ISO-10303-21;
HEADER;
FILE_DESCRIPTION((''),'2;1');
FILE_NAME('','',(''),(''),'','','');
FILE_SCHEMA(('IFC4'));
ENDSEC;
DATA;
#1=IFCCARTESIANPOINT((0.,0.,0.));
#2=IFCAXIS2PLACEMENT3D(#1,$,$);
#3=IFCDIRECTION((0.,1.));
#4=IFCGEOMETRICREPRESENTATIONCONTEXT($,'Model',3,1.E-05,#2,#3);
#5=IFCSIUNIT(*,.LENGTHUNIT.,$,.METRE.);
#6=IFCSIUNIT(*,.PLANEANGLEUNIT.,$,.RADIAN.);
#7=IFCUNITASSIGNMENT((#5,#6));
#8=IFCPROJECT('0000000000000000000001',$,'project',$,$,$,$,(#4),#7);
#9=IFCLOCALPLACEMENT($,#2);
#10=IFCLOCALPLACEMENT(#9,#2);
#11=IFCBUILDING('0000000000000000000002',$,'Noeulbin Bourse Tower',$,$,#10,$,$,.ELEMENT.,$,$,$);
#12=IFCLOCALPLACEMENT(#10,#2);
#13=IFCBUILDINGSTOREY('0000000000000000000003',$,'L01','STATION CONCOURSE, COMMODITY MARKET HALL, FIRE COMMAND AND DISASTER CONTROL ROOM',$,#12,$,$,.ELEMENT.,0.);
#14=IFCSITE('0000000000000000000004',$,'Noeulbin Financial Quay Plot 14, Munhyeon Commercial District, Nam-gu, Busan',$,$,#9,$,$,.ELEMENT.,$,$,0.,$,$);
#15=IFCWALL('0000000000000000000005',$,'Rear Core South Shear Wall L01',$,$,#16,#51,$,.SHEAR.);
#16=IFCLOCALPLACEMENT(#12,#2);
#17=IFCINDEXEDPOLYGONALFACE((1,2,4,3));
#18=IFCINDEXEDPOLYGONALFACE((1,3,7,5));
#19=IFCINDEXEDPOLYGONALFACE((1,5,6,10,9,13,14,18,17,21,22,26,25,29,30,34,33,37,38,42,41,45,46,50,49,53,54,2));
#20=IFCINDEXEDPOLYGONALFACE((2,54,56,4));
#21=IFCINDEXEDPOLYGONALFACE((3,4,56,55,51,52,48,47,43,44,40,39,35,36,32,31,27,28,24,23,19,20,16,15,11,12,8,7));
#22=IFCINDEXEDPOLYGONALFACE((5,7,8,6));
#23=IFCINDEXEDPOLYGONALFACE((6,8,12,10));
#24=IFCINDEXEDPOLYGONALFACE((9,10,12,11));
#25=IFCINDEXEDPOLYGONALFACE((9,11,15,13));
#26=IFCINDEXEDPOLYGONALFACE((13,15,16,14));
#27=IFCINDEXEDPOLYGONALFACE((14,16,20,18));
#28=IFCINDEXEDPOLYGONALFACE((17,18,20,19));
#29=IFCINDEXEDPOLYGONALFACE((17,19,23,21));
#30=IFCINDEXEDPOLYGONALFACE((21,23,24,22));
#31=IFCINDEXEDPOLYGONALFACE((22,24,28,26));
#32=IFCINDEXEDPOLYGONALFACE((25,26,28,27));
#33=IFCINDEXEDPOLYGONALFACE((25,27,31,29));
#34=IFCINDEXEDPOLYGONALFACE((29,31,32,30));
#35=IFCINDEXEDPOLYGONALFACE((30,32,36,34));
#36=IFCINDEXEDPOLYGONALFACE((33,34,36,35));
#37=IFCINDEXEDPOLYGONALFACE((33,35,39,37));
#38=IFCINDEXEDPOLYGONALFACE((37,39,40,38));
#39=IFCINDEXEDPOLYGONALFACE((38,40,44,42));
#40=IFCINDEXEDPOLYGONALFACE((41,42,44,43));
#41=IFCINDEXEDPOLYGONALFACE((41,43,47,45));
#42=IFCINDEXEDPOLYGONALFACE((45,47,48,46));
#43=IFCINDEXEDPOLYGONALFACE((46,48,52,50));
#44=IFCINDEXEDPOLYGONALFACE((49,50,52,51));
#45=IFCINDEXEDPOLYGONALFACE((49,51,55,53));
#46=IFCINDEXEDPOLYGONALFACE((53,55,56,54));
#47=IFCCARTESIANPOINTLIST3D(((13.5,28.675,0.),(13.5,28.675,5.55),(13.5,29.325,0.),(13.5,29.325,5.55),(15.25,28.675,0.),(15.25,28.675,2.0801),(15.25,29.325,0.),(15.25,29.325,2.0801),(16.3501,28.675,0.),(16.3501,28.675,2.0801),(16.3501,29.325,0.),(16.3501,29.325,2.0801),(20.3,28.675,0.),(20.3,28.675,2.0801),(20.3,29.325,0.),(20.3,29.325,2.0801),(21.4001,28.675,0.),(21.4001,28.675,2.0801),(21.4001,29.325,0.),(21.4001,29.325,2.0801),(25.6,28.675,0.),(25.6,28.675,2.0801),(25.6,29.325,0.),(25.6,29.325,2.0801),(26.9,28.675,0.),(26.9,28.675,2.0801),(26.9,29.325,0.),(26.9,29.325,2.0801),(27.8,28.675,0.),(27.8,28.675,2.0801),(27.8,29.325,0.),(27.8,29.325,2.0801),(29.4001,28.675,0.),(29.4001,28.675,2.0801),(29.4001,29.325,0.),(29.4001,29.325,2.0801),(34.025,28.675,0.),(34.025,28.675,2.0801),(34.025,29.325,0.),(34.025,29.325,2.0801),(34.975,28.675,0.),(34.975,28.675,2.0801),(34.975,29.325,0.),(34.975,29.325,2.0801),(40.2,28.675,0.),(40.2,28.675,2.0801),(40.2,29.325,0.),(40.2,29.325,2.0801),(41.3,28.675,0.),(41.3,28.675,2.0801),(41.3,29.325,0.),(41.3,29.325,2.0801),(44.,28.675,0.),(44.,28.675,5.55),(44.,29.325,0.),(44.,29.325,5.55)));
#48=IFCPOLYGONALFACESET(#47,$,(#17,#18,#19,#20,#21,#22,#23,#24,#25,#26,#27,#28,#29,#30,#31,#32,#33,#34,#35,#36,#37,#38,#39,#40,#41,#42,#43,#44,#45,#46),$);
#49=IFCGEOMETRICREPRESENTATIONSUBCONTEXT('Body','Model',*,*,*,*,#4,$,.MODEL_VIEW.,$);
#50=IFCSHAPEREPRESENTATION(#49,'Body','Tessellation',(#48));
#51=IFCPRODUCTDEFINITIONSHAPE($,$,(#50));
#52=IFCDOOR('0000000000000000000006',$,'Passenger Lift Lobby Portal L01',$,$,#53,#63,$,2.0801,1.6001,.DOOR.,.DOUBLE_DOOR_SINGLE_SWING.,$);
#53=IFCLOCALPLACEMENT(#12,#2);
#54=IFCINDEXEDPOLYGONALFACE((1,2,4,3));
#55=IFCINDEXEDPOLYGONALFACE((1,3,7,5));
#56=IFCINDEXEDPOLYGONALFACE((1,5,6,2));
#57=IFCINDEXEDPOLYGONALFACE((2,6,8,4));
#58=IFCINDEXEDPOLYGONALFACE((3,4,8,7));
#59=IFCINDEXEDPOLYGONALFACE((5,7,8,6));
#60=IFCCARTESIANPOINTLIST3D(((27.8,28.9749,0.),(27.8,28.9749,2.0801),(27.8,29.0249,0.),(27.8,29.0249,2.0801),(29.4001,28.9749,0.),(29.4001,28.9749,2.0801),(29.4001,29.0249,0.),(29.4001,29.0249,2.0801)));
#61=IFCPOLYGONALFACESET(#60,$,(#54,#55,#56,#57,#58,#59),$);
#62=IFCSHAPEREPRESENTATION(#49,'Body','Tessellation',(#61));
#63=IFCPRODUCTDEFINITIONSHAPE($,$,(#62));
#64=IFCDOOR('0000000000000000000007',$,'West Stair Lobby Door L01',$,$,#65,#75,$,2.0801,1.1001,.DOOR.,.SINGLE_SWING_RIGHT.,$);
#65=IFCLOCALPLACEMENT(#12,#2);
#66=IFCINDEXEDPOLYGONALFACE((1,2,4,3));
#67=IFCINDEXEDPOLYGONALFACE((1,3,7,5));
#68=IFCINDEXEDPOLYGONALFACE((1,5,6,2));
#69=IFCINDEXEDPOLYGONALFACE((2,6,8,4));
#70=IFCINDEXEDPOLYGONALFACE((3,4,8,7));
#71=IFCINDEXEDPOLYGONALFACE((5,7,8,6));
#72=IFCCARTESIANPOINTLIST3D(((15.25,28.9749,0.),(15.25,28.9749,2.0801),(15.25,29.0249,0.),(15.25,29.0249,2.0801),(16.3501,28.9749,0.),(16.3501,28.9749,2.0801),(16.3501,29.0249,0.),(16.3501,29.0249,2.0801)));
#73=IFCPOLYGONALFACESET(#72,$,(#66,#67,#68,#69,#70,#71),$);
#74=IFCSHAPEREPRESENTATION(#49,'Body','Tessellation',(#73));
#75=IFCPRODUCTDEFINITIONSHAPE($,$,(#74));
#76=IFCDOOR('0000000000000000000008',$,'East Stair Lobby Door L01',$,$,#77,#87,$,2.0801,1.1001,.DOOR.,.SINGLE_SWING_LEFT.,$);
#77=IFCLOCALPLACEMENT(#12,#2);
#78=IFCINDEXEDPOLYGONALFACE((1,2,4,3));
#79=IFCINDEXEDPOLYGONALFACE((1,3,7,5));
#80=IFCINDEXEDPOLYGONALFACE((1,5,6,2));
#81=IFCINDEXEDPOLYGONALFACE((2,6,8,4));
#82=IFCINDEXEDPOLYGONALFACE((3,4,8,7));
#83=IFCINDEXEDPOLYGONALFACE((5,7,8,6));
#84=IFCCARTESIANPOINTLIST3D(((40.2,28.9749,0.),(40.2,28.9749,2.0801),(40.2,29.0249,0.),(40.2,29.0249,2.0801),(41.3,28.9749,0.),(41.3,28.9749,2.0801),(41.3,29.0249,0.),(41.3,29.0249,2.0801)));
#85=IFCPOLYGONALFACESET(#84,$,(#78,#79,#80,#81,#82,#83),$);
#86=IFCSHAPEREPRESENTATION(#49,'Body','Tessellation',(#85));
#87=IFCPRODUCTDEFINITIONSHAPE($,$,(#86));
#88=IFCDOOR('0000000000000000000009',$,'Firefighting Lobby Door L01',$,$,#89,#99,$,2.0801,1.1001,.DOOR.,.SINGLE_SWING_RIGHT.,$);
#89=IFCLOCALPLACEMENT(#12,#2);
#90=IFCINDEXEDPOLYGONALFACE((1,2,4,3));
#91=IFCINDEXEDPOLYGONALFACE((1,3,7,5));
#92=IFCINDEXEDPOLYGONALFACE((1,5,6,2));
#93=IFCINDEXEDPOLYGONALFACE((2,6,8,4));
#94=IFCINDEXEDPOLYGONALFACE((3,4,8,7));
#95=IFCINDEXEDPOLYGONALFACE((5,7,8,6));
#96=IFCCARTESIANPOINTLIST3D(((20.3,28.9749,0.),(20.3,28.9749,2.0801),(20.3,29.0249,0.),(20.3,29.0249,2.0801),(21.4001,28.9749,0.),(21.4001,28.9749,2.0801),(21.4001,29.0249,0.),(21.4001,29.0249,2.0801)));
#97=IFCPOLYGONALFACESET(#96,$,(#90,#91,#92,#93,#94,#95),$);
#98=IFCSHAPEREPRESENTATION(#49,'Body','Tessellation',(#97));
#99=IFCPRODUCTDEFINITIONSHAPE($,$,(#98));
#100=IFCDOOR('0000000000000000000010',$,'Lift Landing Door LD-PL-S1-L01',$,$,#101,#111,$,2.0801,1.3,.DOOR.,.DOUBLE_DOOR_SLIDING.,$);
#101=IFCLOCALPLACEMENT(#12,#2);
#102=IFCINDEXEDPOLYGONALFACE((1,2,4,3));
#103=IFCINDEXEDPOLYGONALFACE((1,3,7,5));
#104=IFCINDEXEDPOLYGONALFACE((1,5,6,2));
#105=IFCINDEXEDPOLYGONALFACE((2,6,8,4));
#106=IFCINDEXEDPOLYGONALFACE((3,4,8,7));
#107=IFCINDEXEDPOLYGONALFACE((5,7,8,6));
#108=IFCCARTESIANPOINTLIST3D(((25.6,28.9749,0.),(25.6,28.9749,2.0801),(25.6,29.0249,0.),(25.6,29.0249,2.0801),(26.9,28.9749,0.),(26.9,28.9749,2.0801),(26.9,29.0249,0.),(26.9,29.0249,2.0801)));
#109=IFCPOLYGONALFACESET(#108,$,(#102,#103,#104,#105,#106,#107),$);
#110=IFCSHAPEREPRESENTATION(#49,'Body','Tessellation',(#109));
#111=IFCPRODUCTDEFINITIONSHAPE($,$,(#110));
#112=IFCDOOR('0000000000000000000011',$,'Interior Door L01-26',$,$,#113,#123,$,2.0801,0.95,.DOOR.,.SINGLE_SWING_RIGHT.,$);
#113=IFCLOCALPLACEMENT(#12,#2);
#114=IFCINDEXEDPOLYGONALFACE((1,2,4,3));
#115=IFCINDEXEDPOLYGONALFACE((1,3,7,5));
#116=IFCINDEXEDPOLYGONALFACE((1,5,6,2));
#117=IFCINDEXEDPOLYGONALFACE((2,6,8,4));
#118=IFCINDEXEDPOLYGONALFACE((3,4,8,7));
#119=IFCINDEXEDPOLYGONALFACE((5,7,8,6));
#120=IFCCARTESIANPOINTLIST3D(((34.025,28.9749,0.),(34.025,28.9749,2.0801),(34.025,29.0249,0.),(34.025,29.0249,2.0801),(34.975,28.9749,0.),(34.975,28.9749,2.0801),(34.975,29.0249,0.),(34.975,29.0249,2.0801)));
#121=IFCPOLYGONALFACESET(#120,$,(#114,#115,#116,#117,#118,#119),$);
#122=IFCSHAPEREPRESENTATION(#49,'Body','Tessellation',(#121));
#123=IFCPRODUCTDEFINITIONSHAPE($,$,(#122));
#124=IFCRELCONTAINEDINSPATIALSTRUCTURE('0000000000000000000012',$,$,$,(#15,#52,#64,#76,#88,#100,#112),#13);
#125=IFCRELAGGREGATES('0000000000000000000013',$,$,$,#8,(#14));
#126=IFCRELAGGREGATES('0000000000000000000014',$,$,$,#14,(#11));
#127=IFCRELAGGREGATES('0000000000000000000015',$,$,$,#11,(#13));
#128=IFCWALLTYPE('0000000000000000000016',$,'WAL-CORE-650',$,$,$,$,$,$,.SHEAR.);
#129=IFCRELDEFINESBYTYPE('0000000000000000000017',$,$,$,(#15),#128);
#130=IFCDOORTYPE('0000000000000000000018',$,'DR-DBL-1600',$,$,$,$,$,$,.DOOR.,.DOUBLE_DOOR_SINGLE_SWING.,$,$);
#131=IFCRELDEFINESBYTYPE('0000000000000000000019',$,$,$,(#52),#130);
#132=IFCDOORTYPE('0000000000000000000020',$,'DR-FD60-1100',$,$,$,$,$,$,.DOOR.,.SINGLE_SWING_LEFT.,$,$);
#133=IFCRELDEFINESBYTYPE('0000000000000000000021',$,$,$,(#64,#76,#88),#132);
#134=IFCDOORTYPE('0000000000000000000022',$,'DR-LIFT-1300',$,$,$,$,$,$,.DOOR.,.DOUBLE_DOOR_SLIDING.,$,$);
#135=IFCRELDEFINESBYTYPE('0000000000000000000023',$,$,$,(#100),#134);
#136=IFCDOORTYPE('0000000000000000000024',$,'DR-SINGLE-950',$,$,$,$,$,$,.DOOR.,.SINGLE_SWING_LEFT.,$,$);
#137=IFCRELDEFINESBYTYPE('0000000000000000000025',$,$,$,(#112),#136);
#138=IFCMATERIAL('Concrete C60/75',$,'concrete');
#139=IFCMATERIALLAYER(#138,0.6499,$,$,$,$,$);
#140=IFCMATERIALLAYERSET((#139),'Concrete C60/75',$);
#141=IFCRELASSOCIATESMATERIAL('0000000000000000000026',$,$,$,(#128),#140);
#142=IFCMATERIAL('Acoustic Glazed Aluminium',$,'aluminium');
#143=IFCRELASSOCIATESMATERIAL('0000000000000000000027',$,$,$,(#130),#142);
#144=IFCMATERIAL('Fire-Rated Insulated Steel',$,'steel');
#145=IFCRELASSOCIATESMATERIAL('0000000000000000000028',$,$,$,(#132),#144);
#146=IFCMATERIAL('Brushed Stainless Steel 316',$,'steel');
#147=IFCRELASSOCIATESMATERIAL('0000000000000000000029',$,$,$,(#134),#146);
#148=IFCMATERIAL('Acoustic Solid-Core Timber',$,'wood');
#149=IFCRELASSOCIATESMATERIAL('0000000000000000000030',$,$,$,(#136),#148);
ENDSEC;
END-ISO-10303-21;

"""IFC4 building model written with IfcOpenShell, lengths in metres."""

from ifc_helpers import new_model, si_unit, direction, frame, frame_2d, origin, place, context, subcontext, project, spatial, rectangle, extrude, material, layer, layer_set, type_object, element, fill, save


model = new_model("IFC4")

# Units and contexts
model_context = context("Model", 3, precision=1e-05, world=origin(), true_north=direction((0.0, 1.0)))
body_context = subcontext(model_context, "Body", "Model", "MODEL_VIEW")
ifc_project = project(units=[si_unit("LENGTHUNIT", "METRE"), si_unit("PLANEANGLEUNIT", "RADIAN")], contexts=[model_context])

# Site, building, storey
site_placement = place(None, origin())
site = spatial("IfcSite", under=ifc_project, at=site_placement, Name="Noeulbin Financial Quay Plot 14, Munhyeon Commercial District, Nam-gu, Busan", CompositionType="ELEMENT", RefElevation=0.0)
building_placement = place(site_placement, origin())
building = spatial("IfcBuilding", under=site, at=building_placement, Name="Noeulbin Bourse Tower", CompositionType="ELEMENT")
storey_placement = place(building_placement, origin())
storey = spatial("IfcBuildingStorey", under=building, at=storey_placement, Name="L01", Description="STATION CONCOURSE, COMMODITY MARKET HALL, FIRE COMMAND AND DISASTER CONTROL ROOM", CompositionType="ELEMENT", Elevation=0.0)

# Wall, openings, doors
ifc_material_1 = material(Name="Concrete C60/75", Category="concrete")
ifc_layer_1 = layer(ifc_material_1, 0.6499)
ifc_layer_set_1 = layer_set([ifc_layer_1], Name="Concrete C60/75")
wall_type = type_object("IfcWallType", Name="WAL-CORE-650", PredefinedType="SHEAR", material=ifc_layer_set_1)
wall_placement = place(storey_placement, frame((13.5, 29.0, 0.0), z_axis=(0.0, 0.0, 1.0), x_axis=(1.0, 0.0, 0.0)))
wall = element("IfcWall", 1, at=wall_placement, inside=storey, type_object=wall_type, Name="Rear Core South Shear Wall L01", PredefinedType="SHEAR", context=body_context, shape_type="SweptSolid", body=[
    extrude(rectangle(XDim=30.5, YDim=0.6499, at=frame_2d((15.25, 0.0))), origin(), (0.0, 0.0, 1.0), 5.55),
])
opening_1_placement = place(wall_placement, frame((1.75, 0.0, 0.0)))
opening_1 = element("IfcOpeningElement", 2, at=opening_1_placement, cuts=wall, PredefinedType="OPENING", context=body_context, shape_type="SweptSolid", body=[
    extrude(rectangle(XDim=1.1001, YDim=2.0801, at=frame_2d((0.55, 1.04))), frame((0.0, 0.335, 0.0), z_axis=(0.0, -1.0, 0.0), x_axis=(1.0, 0.0, 0.0)), (0.0, 0.0, 1.0), 0.6699),
])
opening_2_placement = place(wall_placement, frame((26.7, 0.0, 0.0)))
opening_2 = element("IfcOpeningElement", 3, at=opening_2_placement, cuts=wall, PredefinedType="OPENING", context=body_context, shape_type="SweptSolid", body=[
    extrude(rectangle(XDim=1.1001, YDim=2.0801, at=frame_2d((0.55, 1.04))), frame((0.0, 0.335, 0.0), z_axis=(0.0, -1.0, 0.0), x_axis=(1.0, 0.0, 0.0)), (0.0, 0.0, 1.0), 0.6699),
])
opening_3_placement = place(wall_placement, frame((6.8, 0.0, 0.0)))
opening_3 = element("IfcOpeningElement", 4, at=opening_3_placement, cuts=wall, PredefinedType="OPENING", context=body_context, shape_type="SweptSolid", body=[
    extrude(rectangle(XDim=1.1001, YDim=2.0801, at=frame_2d((0.55, 1.04))), frame((0.0, 0.335, 0.0), z_axis=(0.0, -1.0, 0.0), x_axis=(1.0, 0.0, 0.0)), (0.0, 0.0, 1.0), 0.6699),
])
opening_4_placement = place(wall_placement, frame((14.3, 0.0, 0.0)))
opening_4 = element("IfcOpeningElement", 5, at=opening_4_placement, cuts=wall, PredefinedType="OPENING", context=body_context, shape_type="SweptSolid", body=[
    extrude(rectangle(XDim=1.6001, YDim=2.0801, at=frame_2d((0.8, 1.04))), frame((0.0, 0.335, 0.0), z_axis=(0.0, -1.0, 0.0), x_axis=(1.0, 0.0, 0.0)), (0.0, 0.0, 1.0), 0.6699),
])
opening_5_placement = place(wall_placement, frame((20.5249, 0.0, 0.0)))
opening_5 = element("IfcOpeningElement", 6, at=opening_5_placement, cuts=wall, PredefinedType="OPENING", context=body_context, shape_type="SweptSolid", body=[
    extrude(rectangle(XDim=0.95, YDim=2.0801, at=frame_2d((0.4751, 1.04))), frame((0.0, 0.335, 0.0), z_axis=(0.0, -1.0, 0.0), x_axis=(1.0, 0.0, 0.0)), (0.0, 0.0, 1.0), 0.6699),
])
opening_6_placement = place(wall_placement, frame((12.1001, 0.0, 0.0)))
opening_6 = element("IfcOpeningElement", 7, at=opening_6_placement, cuts=wall, PredefinedType="OPENING", context=body_context, shape_type="SweptSolid", body=[
    extrude(rectangle(XDim=1.3, YDim=2.0801, at=frame_2d((0.6499, 1.04))), frame((0.0, 0.335, 0.0), z_axis=(0.0, -1.0, 0.0), x_axis=(1.0, 0.0, 0.0)), (0.0, 0.0, 1.0), 0.6699),
])
ifc_material_2 = material(Name="Acoustic Glazed Aluminium", Category="aluminium")
door_type_1 = type_object("IfcDoorType", Name="DR-DBL-1600", OperationType="DOUBLE_DOOR_SINGLE_SWING", PredefinedType="DOOR", material=ifc_material_2)
door_1_placement = place(opening_4_placement, origin())
door_1 = element("IfcDoor", 8, at=door_1_placement, inside=storey, type_object=door_type_1, Name="Passenger Lift Lobby Portal L01", OperationType="DOUBLE_DOOR_SINGLE_SWING", OverallHeight=2.0801, OverallWidth=1.6001, PredefinedType="DOOR", context=body_context, shape_type="SweptSolid", body=[
    extrude(rectangle(XDim=1.6001, YDim=2.0801, at=frame_2d((0.8, 1.04))), frame((0.0, 0.0249, 0.0), z_axis=(0.0, -1.0, 0.0), x_axis=(1.0, 0.0, 0.0)), (0.0, 0.0, 1.0), 0.05),
])
fill(opening_4, door_1)
ifc_material_3 = material(Name="Fire-Rated Insulated Steel", Category="steel")
door_type_2 = type_object("IfcDoorType", Name="DR-FD60-1100", OperationType="SINGLE_SWING_LEFT", PredefinedType="DOOR", material=ifc_material_3)
door_2_placement = place(opening_1_placement, origin())
door_2 = element("IfcDoor", 9, at=door_2_placement, inside=storey, type_object=door_type_2, Name="West Stair Lobby Door L01", OperationType="SINGLE_SWING_RIGHT", OverallHeight=2.0801, OverallWidth=1.1001, PredefinedType="DOOR", context=body_context, shape_type="SweptSolid", body=[
    extrude(rectangle(XDim=1.1001, YDim=2.0801, at=frame_2d((0.55, 1.04))), frame((0.0, 0.0249, 0.0), z_axis=(0.0, -1.0, 0.0), x_axis=(1.0, 0.0, 0.0)), (0.0, 0.0, 1.0), 0.05),
])
fill(opening_1, door_2)
door_3_placement = place(opening_2_placement, origin())
door_3 = element("IfcDoor", 10, at=door_3_placement, inside=storey, type_object=door_type_2, Name="East Stair Lobby Door L01", OperationType="SINGLE_SWING_LEFT", OverallHeight=2.0801, OverallWidth=1.1001, PredefinedType="DOOR", context=body_context, shape_type="SweptSolid", body=[
    extrude(rectangle(XDim=1.1001, YDim=2.0801, at=frame_2d((0.55, 1.04))), frame((0.0, 0.0249, 0.0), z_axis=(0.0, -1.0, 0.0), x_axis=(1.0, 0.0, 0.0)), (0.0, 0.0, 1.0), 0.05),
])
fill(opening_2, door_3)
door_4_placement = place(opening_3_placement, origin())
door_4 = element("IfcDoor", 11, at=door_4_placement, inside=storey, type_object=door_type_2, Name="Firefighting Lobby Door L01", OperationType="SINGLE_SWING_RIGHT", OverallHeight=2.0801, OverallWidth=1.1001, PredefinedType="DOOR", context=body_context, shape_type="SweptSolid", body=[
    extrude(rectangle(XDim=1.1001, YDim=2.0801, at=frame_2d((0.55, 1.04))), frame((0.0, 0.0249, 0.0), z_axis=(0.0, -1.0, 0.0), x_axis=(1.0, 0.0, 0.0)), (0.0, 0.0, 1.0), 0.05),
])
fill(opening_3, door_4)
ifc_material_4 = material(Name="Brushed Stainless Steel 316", Category="steel")
door_type_3 = type_object("IfcDoorType", Name="DR-LIFT-1300", OperationType="DOUBLE_DOOR_SLIDING", PredefinedType="DOOR", material=ifc_material_4)
door_5_placement = place(opening_6_placement, origin())
door_5 = element("IfcDoor", 12, at=door_5_placement, inside=storey, type_object=door_type_3, Name="Lift Landing Door LD-PL-S1-L01", OperationType="DOUBLE_DOOR_SLIDING", OverallHeight=2.0801, OverallWidth=1.3, PredefinedType="DOOR", context=body_context, shape_type="SweptSolid", body=[
    extrude(rectangle(XDim=1.3, YDim=2.0801, at=frame_2d((0.6499, 1.04))), frame((0.0, 0.0249, 0.0), z_axis=(0.0, -1.0, 0.0), x_axis=(1.0, 0.0, 0.0)), (0.0, 0.0, 1.0), 0.05),
])
fill(opening_6, door_5)
ifc_material_5 = material(Name="Acoustic Solid-Core Timber", Category="wood")
door_type_4 = type_object("IfcDoorType", Name="DR-SINGLE-950", OperationType="SINGLE_SWING_LEFT", PredefinedType="DOOR", material=ifc_material_5)
door_6_placement = place(opening_5_placement, origin())
door_6 = element("IfcDoor", 13, at=door_6_placement, inside=storey, type_object=door_type_4, Name="Interior Door L01-26", OperationType="SINGLE_SWING_RIGHT", OverallHeight=2.0801, OverallWidth=0.95, PredefinedType="DOOR", context=body_context, shape_type="SweptSolid", body=[
    extrude(rectangle(XDim=0.95, YDim=2.0801, at=frame_2d((0.4751, 1.04))), frame((0.0, 0.0249, 0.0), z_axis=(0.0, -1.0, 0.0), x_axis=(1.0, 0.0, 0.0)), (0.0, 0.0, 1.0), 0.05),
])
fill(opening_5, door_6)

save(model, "model.ifc")
